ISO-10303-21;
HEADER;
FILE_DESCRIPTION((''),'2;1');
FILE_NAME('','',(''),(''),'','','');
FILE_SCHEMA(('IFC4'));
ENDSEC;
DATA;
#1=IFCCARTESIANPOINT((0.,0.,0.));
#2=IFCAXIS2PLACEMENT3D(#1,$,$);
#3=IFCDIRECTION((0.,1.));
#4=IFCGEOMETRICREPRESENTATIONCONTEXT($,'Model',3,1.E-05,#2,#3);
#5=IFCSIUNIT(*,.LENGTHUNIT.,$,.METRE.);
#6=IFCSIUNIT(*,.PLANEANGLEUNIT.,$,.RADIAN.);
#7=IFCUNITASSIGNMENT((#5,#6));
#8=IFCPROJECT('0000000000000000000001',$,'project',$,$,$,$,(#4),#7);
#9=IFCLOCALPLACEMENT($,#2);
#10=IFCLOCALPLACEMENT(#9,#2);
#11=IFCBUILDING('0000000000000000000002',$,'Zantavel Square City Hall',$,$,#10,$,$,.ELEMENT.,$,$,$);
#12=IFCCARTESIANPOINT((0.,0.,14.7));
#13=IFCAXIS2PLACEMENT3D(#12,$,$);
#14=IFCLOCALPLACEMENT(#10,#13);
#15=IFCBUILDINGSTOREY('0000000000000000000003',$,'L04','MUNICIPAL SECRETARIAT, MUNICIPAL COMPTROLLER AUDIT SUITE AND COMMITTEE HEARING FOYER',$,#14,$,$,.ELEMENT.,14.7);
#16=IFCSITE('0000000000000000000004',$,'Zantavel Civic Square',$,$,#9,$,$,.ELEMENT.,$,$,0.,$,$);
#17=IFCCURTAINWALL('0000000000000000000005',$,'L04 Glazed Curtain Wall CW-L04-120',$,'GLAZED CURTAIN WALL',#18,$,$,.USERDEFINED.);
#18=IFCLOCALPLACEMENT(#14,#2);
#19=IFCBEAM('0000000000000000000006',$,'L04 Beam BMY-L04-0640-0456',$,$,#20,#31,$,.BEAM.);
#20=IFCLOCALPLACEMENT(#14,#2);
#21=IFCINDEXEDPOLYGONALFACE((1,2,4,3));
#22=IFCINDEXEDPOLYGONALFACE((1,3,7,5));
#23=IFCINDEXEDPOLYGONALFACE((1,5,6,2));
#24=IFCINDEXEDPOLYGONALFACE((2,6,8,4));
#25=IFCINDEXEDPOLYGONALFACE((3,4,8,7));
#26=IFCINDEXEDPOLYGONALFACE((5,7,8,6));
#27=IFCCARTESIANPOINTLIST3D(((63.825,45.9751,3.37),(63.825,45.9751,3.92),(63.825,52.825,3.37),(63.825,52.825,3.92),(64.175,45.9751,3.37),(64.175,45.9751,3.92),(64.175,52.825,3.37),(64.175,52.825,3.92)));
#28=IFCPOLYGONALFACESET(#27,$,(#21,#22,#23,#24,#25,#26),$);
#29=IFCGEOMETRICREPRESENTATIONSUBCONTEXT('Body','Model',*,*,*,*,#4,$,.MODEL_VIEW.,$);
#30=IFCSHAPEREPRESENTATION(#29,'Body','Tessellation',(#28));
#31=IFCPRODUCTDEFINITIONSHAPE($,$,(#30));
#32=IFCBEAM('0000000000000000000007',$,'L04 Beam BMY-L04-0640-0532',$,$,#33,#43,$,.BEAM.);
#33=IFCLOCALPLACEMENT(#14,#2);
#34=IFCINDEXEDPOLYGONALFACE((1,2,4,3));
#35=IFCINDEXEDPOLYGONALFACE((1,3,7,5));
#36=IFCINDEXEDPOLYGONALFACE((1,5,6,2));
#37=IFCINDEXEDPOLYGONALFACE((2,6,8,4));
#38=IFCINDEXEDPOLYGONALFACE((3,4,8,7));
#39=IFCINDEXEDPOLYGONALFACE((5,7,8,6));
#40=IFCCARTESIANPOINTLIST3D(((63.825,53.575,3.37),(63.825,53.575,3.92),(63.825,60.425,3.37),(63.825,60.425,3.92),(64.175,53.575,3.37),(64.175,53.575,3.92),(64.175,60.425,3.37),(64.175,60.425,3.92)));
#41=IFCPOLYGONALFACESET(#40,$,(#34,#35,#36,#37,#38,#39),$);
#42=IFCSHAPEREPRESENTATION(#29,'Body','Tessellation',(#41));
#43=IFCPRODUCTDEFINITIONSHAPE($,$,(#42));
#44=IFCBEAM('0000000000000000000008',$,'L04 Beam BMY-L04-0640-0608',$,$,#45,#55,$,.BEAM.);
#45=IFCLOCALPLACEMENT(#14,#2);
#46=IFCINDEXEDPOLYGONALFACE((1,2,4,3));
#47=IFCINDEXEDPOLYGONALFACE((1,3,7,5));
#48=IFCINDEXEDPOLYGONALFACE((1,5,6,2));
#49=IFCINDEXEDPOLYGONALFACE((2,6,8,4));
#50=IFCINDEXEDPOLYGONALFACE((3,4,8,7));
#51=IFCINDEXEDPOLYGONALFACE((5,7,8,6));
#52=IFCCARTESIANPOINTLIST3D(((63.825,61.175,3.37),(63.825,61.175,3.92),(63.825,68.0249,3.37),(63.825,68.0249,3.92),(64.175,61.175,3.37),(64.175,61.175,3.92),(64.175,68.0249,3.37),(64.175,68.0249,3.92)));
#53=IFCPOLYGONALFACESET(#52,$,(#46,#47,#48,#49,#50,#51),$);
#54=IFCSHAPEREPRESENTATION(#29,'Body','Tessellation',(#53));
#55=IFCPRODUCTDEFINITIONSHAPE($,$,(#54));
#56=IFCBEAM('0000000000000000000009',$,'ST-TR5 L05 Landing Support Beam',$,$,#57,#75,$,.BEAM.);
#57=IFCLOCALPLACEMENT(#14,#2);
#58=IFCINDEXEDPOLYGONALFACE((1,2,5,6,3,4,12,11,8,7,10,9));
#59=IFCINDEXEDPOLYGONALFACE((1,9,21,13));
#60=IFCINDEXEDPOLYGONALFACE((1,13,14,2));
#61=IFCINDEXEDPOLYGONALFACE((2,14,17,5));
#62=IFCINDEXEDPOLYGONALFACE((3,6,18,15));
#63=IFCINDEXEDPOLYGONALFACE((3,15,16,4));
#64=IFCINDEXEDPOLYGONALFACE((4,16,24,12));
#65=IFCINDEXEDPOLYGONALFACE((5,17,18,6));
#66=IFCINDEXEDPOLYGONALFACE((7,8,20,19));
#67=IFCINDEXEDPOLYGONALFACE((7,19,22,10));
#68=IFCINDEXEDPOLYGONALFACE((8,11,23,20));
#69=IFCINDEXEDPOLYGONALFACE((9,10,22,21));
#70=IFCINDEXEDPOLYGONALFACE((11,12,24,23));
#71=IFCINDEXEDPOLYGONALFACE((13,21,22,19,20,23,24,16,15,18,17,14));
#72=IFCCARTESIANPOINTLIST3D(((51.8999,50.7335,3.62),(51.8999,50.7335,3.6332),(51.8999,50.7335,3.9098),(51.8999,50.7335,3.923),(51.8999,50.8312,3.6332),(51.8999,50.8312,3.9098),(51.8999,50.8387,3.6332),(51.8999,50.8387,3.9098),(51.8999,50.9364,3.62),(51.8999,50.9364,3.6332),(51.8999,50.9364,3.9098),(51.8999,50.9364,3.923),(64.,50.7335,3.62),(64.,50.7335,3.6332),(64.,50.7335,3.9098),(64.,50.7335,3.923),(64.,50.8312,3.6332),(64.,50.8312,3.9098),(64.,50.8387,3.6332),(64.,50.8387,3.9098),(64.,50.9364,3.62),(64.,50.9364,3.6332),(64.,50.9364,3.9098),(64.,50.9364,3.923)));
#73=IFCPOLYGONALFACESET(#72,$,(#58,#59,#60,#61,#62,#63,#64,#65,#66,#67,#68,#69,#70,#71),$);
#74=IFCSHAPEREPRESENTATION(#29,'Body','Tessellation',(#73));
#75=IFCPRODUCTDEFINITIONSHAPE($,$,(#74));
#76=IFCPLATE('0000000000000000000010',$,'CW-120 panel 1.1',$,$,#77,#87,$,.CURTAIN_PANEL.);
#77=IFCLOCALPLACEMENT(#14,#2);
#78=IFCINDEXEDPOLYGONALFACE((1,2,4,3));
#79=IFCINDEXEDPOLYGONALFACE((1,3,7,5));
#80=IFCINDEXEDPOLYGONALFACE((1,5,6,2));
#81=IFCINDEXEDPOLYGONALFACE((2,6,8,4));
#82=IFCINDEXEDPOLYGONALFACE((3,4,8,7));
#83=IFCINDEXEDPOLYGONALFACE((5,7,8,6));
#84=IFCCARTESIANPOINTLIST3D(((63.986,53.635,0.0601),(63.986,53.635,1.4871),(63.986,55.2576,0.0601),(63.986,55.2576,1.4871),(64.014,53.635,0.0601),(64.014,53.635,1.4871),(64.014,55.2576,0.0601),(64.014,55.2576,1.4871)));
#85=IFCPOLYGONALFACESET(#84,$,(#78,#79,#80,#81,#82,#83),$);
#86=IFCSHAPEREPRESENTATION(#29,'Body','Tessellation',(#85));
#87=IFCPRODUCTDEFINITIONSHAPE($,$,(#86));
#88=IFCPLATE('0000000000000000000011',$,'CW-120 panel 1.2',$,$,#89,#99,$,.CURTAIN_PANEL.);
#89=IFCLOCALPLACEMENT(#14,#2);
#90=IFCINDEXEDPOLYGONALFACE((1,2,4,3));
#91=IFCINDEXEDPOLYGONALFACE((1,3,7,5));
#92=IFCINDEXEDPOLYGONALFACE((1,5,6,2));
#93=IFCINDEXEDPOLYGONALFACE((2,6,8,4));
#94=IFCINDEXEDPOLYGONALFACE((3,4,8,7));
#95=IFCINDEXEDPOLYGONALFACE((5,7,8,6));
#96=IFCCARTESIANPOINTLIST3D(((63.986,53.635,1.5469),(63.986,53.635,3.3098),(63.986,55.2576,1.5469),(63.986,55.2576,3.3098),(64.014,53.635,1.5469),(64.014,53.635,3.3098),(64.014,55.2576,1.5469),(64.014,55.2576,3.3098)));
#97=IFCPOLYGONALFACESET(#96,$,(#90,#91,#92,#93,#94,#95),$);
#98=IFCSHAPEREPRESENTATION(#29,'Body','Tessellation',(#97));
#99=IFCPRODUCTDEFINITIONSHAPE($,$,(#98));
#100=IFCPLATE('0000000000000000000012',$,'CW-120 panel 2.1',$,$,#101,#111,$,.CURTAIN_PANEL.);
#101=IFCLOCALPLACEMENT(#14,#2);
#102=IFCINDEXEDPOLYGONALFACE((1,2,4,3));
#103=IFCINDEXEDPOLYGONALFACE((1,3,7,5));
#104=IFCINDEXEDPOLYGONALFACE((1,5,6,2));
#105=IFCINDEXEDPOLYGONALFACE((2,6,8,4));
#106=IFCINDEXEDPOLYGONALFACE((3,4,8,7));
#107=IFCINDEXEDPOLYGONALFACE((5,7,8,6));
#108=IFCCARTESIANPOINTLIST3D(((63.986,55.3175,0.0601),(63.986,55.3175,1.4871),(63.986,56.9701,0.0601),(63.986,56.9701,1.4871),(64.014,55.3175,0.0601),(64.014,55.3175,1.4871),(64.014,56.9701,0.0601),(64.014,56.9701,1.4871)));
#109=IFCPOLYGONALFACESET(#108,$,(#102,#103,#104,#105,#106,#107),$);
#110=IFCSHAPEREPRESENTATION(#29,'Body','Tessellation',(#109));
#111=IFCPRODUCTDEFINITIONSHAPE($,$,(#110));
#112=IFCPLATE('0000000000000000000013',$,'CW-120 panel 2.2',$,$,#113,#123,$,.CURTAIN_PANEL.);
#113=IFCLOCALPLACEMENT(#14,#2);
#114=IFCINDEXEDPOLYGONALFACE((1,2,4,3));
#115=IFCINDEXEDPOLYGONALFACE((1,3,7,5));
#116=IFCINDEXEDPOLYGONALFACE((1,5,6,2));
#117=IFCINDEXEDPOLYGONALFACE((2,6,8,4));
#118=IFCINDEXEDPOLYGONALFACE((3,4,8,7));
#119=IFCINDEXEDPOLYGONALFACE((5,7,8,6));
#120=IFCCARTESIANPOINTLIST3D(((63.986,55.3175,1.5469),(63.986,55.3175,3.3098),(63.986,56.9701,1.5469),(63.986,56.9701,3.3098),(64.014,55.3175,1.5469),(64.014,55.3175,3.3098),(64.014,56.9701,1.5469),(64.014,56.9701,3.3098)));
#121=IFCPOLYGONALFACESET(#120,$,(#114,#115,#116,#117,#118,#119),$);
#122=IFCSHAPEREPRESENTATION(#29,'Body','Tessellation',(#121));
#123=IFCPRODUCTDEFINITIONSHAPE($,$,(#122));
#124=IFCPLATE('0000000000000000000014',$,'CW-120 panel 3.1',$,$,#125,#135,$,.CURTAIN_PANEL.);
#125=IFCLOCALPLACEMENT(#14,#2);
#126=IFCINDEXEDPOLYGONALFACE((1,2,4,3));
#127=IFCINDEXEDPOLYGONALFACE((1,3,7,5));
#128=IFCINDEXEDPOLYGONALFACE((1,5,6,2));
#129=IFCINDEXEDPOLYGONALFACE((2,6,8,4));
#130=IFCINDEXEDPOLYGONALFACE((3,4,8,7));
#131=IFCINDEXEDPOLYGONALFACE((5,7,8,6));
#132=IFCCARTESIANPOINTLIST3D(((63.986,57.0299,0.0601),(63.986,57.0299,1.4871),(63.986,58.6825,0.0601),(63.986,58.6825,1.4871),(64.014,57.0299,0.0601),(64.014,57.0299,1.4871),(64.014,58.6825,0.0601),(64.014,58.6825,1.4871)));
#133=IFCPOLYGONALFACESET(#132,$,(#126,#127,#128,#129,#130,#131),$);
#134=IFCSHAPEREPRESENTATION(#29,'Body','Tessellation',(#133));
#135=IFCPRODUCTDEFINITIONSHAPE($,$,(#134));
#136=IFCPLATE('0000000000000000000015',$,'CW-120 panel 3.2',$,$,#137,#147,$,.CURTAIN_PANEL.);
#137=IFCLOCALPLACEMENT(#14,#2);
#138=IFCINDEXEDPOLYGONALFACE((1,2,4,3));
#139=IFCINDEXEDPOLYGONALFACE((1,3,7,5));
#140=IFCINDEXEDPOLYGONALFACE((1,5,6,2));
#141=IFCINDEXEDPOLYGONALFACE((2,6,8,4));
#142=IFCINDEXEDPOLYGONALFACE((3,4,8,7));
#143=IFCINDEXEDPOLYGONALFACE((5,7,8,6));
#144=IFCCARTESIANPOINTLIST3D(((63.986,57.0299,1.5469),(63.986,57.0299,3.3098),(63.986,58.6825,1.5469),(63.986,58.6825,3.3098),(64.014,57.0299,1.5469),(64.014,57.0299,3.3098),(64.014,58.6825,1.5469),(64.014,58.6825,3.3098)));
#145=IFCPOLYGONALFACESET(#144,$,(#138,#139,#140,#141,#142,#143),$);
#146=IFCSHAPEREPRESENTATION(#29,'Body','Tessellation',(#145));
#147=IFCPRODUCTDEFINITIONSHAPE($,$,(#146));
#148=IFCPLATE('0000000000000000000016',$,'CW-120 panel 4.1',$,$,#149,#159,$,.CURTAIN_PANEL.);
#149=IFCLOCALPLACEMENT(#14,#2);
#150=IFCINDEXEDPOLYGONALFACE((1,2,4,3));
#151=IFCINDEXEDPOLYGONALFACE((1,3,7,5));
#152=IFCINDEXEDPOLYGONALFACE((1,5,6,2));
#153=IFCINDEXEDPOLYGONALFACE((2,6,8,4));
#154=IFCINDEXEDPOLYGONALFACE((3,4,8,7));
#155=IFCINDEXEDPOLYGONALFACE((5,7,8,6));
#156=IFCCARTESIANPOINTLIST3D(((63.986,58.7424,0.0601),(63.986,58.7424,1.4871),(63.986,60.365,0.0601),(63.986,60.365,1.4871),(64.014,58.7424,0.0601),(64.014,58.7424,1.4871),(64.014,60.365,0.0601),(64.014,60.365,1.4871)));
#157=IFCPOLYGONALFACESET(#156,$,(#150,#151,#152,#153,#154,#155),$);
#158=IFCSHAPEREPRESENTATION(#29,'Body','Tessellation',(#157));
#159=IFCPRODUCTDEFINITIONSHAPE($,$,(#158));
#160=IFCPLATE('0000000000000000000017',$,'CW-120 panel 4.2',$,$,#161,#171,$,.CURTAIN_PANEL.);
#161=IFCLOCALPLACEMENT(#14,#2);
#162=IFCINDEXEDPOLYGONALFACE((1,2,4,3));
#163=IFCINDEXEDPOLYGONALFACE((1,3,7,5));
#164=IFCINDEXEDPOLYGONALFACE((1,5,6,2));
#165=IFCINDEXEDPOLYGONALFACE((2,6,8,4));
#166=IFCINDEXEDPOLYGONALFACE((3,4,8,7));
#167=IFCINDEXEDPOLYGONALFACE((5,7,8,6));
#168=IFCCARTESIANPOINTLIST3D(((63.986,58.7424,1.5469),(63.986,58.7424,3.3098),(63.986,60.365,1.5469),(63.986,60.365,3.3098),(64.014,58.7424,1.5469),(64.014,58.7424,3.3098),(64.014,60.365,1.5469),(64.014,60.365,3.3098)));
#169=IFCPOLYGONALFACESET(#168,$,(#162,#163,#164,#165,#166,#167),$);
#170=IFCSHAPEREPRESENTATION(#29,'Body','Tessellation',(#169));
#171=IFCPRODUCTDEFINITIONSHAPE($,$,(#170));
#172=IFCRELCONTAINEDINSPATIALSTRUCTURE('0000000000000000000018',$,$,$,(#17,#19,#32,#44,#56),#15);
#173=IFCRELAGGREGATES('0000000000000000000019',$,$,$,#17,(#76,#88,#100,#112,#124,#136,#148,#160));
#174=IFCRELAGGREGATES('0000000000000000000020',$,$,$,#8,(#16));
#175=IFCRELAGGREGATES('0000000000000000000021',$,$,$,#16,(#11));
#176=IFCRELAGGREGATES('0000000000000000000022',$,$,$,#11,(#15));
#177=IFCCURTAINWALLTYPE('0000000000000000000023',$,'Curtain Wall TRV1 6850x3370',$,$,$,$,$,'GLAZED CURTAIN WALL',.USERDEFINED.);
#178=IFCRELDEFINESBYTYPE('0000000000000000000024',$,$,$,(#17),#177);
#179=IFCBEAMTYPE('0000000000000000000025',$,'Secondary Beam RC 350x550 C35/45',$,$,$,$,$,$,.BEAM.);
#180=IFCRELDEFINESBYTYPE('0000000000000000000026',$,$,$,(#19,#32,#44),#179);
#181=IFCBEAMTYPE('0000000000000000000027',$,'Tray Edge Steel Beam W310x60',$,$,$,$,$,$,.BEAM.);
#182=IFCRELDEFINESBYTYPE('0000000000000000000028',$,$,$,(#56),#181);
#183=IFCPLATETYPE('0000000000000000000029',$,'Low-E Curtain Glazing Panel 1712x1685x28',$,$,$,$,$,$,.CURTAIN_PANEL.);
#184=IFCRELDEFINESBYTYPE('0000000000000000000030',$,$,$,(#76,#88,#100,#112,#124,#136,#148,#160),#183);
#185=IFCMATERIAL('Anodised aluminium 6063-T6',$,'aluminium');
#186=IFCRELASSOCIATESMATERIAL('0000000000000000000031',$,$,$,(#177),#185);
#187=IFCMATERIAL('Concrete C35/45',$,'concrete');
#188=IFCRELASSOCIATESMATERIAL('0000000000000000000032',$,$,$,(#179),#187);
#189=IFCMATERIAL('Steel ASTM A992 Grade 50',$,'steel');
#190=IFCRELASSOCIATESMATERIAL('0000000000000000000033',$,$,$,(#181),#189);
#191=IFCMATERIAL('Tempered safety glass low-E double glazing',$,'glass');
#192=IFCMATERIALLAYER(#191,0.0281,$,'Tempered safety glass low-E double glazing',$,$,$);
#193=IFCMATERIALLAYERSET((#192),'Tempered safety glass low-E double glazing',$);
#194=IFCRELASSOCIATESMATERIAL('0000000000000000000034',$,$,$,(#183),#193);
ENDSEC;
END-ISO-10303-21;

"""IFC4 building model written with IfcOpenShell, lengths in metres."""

from ifc_helpers import new_model, si_unit, direction, frame, origin, origin_2d, place, context, subcontext, project, spatial, rectangle, i_section, extrude, material, layer, layer_set, material_profile, profile_set, type_object, element, aggregate, save


model = new_model("IFC4")

# Units and contexts
model_context = context("Model", 3, precision=1e-05, world=origin(), true_north=direction((0.0, 1.0)))
body_context = subcontext(model_context, "Body", "Model", "MODEL_VIEW")
ifc_project = project(units=[si_unit("LENGTHUNIT", "METRE"), si_unit("PLANEANGLEUNIT", "RADIAN")], contexts=[model_context])

# Site, building, storey
site_placement = place(None, origin())
site = spatial("IfcSite", under=ifc_project, at=site_placement, Name="Zantavel Civic Square", CompositionType="ELEMENT", RefElevation=0.0)
building_placement = place(site_placement, origin())
building = spatial("IfcBuilding", under=site, at=building_placement, Name="Zantavel Square City Hall", CompositionType="ELEMENT")
storey_placement = place(building_placement, frame((0.0, 0.0, 14.7)))
storey = spatial("IfcBuildingStorey", under=building, at=storey_placement, Name="L04", Description="MUNICIPAL SECRETARIAT, MUNICIPAL COMPTROLLER AUDIT SUITE AND COMMITTEE HEARING FOYER", CompositionType="ELEMENT", Elevation=14.7)

# Curtain wall
ifc_material_1 = material(Name="Anodised aluminium 6063-T6", Category="aluminium")
curtain_wall_type = type_object("IfcCurtainWallType", Name="Curtain Wall TRV1 6850x3370", ElementType="GLAZED CURTAIN WALL", PredefinedType="USERDEFINED", material=ifc_material_1)
curtain_wall_1_placement = place(storey_placement, origin())
curtain_wall_1 = element("IfcCurtainWall", 1, at=curtain_wall_1_placement, inside=storey, type_object=curtain_wall_type, Name="L04 Glazed Curtain Wall CW-L04-120", ObjectType="GLAZED CURTAIN WALL", PredefinedType="USERDEFINED")

# Beams
ifc_material_2 = material(Name="Concrete C35/45", Category="concrete")
ifc_material_profile_1 = material_profile(ifc_material_2, rectangle(XDim=0.3501, YDim=0.55, at=origin_2d()), Name="RC 350x550")
ifc_profile_set_1 = profile_set([ifc_material_profile_1], Name="Concrete C35/45")
beam_type_1 = type_object("IfcBeamType", Name="Secondary Beam RC 350x550 C35/45", PredefinedType="BEAM", material=ifc_profile_set_1)
beam_1_placement = place(storey_placement, frame((64.0, 45.9751, 3.645), z_axis=(0.0, 1.0, 0.0), x_axis=(-1.0, 0.0, 0.0)))
element("IfcBeam", 2, at=beam_1_placement, inside=storey, type_object=beam_type_1, Name="L04 Beam BMY-L04-0640-0456", PredefinedType="BEAM", context=body_context, shape_type="SweptSolid", body=[
    extrude(rectangle(XDim=0.3501, YDim=0.55, at=origin_2d()), origin(), (0.0, 0.0, 1.0), 6.8499),
])
beam_2_placement = place(storey_placement, frame((64.0, 53.575, 3.645), z_axis=(0.0, 1.0, 0.0), x_axis=(-1.0, 0.0, 0.0)))
element("IfcBeam", 3, at=beam_2_placement, inside=storey, type_object=beam_type_1, Name="L04 Beam BMY-L04-0640-0532", PredefinedType="BEAM", context=body_context, shape_type="SweptSolid", body=[
    extrude(rectangle(XDim=0.3501, YDim=0.55, at=origin_2d()), origin(), (0.0, 0.0, 1.0), 6.8501),
])
beam_3_placement = place(storey_placement, frame((64.0, 61.175, 3.645), z_axis=(0.0, 1.0, 0.0), x_axis=(-1.0, 0.0, 0.0)))
element("IfcBeam", 4, at=beam_3_placement, inside=storey, type_object=beam_type_1, Name="L04 Beam BMY-L04-0640-0608", PredefinedType="BEAM", context=body_context, shape_type="SweptSolid", body=[
    extrude(rectangle(XDim=0.3501, YDim=0.55, at=origin_2d()), origin(), (0.0, 0.0, 1.0), 6.8499),
])
ifc_material_3 = material(Name="Steel ASTM A992 Grade 50", Category="steel")
ifc_material_profile_2 = material_profile(ifc_material_3, i_section(OverallWidth=0.2029, OverallDepth=0.303, WebThickness=0.0076, FlangeThickness=0.0132, at=origin_2d()), Name="W310x60")
ifc_profile_set_2 = profile_set([ifc_material_profile_2], Name="Steel ASTM A992 Grade 50")
beam_type_2 = type_object("IfcBeamType", Name="Tray Edge Steel Beam W310x60", PredefinedType="BEAM", material=ifc_profile_set_2)
beam_4_placement = place(storey_placement, frame((64.0, 50.835, 3.7715), z_axis=(-1.0, 0.0, 0.0), x_axis=(0.0, -1.0, 0.0)))
element("IfcBeam", 5, at=beam_4_placement, inside=storey, type_object=beam_type_2, Name="ST-TR5 L05 Landing Support Beam", PredefinedType="BEAM", context=body_context, shape_type="SweptSolid", body=[
    extrude(i_section(OverallWidth=0.2029, OverallDepth=0.303, WebThickness=0.0076, FlangeThickness=0.0132, at=origin_2d()), origin(), (0.0, 0.0, 1.0), 12.1001),
])

# Plates
ifc_material_4 = material(Name="Tempered safety glass low-E double glazing", Category="glass")
ifc_layer_1 = layer(ifc_material_4, 0.0281, Name="Tempered safety glass low-E double glazing")
ifc_layer_set_1 = layer_set([ifc_layer_1], Name="Tempered safety glass low-E double glazing")
plate_type = type_object("IfcPlateType", Name="Low-E Curtain Glazing Panel 1712x1685x28", PredefinedType="CURTAIN_PANEL", material=ifc_layer_set_1)
plate_1_placement = place(storey_placement, frame((64.0, 54.4463, 0.0601), z_axis=(0.0, 0.0, 1.0), x_axis=(0.0, 1.0, 0.0)))
plate_1 = element("IfcPlate", 6, at=plate_1_placement, type_object=plate_type, Name="CW-120 panel 1.1", PredefinedType="CURTAIN_PANEL", context=body_context, shape_type="SweptSolid", body=[
    extrude(rectangle(XDim=1.6226, YDim=0.0281, at=origin_2d()), origin(), (0.0, 0.0, 1.0), 1.427),
])
plate_2_placement = place(storey_placement, frame((64.0, 54.4463, 1.5469), z_axis=(0.0, 0.0, 1.0), x_axis=(0.0, 1.0, 0.0)))
plate_2 = element("IfcPlate", 7, at=plate_2_placement, type_object=plate_type, Name="CW-120 panel 1.2", PredefinedType="CURTAIN_PANEL", context=body_context, shape_type="SweptSolid", body=[
    extrude(rectangle(XDim=1.6226, YDim=0.0281, at=origin_2d()), origin(), (0.0, 0.0, 1.0), 1.7629),
])
plate_3_placement = place(storey_placement, frame((64.0, 56.1438, 0.0601), z_axis=(0.0, 0.0, 1.0), x_axis=(0.0, 1.0, 0.0)))
plate_3 = element("IfcPlate", 8, at=plate_3_placement, type_object=plate_type, Name="CW-120 panel 2.1", PredefinedType="CURTAIN_PANEL", context=body_context, shape_type="SweptSolid", body=[
    extrude(rectangle(XDim=1.6526, YDim=0.0281, at=origin_2d()), origin(), (0.0, 0.0, 1.0), 1.427),
])
plate_4_placement = place(storey_placement, frame((64.0, 56.1438, 1.5469), z_axis=(0.0, 0.0, 1.0), x_axis=(0.0, 1.0, 0.0)))
plate_4 = element("IfcPlate", 9, at=plate_4_placement, type_object=plate_type, Name="CW-120 panel 2.2", PredefinedType="CURTAIN_PANEL", context=body_context, shape_type="SweptSolid", body=[
    extrude(rectangle(XDim=1.6526, YDim=0.0281, at=origin_2d()), origin(), (0.0, 0.0, 1.0), 1.7629),
])
plate_5_placement = place(storey_placement, frame((64.0, 57.8562, 0.0601), z_axis=(0.0, 0.0, 1.0), x_axis=(0.0, 1.0, 0.0)))
plate_5 = element("IfcPlate", 10, at=plate_5_placement, type_object=plate_type, Name="CW-120 panel 3.1", PredefinedType="CURTAIN_PANEL", context=body_context, shape_type="SweptSolid", body=[
    extrude(rectangle(XDim=1.6526, YDim=0.0281, at=origin_2d()), origin(), (0.0, 0.0, 1.0), 1.427),
])
plate_6_placement = place(storey_placement, frame((64.0, 57.8562, 1.5469), z_axis=(0.0, 0.0, 1.0), x_axis=(0.0, 1.0, 0.0)))
plate_6 = element("IfcPlate", 11, at=plate_6_placement, type_object=plate_type, Name="CW-120 panel 3.2", PredefinedType="CURTAIN_PANEL", context=body_context, shape_type="SweptSolid", body=[
    extrude(rectangle(XDim=1.6526, YDim=0.0281, at=origin_2d()), origin(), (0.0, 0.0, 1.0), 1.7629),
])
plate_7_placement = place(storey_placement, frame((64.0, 59.5537, 0.0601), z_axis=(0.0, 0.0, 1.0), x_axis=(0.0, 1.0, 0.0)))
plate_7 = element("IfcPlate", 12, at=plate_7_placement, type_object=plate_type, Name="CW-120 panel 4.1", PredefinedType="CURTAIN_PANEL", context=body_context, shape_type="SweptSolid", body=[
    extrude(rectangle(XDim=1.6226, YDim=0.0281, at=origin_2d()), origin(), (0.0, 0.0, 1.0), 1.427),
])
plate_8_placement = place(storey_placement, frame((64.0, 59.5537, 1.5469), z_axis=(0.0, 0.0, 1.0), x_axis=(0.0, 1.0, 0.0)))
plate_8 = element("IfcPlate", 13, at=plate_8_placement, type_object=plate_type, Name="CW-120 panel 4.2", PredefinedType="CURTAIN_PANEL", context=body_context, shape_type="SweptSolid", body=[
    extrude(rectangle(XDim=1.6226, YDim=0.0281, at=origin_2d()), origin(), (0.0, 0.0, 1.0), 1.7629),
])
aggregate(curtain_wall_1, [plate_1, plate_2, plate_3, plate_4, plate_5, plate_6, plate_7, plate_8])

save(model, "model.ifc")
